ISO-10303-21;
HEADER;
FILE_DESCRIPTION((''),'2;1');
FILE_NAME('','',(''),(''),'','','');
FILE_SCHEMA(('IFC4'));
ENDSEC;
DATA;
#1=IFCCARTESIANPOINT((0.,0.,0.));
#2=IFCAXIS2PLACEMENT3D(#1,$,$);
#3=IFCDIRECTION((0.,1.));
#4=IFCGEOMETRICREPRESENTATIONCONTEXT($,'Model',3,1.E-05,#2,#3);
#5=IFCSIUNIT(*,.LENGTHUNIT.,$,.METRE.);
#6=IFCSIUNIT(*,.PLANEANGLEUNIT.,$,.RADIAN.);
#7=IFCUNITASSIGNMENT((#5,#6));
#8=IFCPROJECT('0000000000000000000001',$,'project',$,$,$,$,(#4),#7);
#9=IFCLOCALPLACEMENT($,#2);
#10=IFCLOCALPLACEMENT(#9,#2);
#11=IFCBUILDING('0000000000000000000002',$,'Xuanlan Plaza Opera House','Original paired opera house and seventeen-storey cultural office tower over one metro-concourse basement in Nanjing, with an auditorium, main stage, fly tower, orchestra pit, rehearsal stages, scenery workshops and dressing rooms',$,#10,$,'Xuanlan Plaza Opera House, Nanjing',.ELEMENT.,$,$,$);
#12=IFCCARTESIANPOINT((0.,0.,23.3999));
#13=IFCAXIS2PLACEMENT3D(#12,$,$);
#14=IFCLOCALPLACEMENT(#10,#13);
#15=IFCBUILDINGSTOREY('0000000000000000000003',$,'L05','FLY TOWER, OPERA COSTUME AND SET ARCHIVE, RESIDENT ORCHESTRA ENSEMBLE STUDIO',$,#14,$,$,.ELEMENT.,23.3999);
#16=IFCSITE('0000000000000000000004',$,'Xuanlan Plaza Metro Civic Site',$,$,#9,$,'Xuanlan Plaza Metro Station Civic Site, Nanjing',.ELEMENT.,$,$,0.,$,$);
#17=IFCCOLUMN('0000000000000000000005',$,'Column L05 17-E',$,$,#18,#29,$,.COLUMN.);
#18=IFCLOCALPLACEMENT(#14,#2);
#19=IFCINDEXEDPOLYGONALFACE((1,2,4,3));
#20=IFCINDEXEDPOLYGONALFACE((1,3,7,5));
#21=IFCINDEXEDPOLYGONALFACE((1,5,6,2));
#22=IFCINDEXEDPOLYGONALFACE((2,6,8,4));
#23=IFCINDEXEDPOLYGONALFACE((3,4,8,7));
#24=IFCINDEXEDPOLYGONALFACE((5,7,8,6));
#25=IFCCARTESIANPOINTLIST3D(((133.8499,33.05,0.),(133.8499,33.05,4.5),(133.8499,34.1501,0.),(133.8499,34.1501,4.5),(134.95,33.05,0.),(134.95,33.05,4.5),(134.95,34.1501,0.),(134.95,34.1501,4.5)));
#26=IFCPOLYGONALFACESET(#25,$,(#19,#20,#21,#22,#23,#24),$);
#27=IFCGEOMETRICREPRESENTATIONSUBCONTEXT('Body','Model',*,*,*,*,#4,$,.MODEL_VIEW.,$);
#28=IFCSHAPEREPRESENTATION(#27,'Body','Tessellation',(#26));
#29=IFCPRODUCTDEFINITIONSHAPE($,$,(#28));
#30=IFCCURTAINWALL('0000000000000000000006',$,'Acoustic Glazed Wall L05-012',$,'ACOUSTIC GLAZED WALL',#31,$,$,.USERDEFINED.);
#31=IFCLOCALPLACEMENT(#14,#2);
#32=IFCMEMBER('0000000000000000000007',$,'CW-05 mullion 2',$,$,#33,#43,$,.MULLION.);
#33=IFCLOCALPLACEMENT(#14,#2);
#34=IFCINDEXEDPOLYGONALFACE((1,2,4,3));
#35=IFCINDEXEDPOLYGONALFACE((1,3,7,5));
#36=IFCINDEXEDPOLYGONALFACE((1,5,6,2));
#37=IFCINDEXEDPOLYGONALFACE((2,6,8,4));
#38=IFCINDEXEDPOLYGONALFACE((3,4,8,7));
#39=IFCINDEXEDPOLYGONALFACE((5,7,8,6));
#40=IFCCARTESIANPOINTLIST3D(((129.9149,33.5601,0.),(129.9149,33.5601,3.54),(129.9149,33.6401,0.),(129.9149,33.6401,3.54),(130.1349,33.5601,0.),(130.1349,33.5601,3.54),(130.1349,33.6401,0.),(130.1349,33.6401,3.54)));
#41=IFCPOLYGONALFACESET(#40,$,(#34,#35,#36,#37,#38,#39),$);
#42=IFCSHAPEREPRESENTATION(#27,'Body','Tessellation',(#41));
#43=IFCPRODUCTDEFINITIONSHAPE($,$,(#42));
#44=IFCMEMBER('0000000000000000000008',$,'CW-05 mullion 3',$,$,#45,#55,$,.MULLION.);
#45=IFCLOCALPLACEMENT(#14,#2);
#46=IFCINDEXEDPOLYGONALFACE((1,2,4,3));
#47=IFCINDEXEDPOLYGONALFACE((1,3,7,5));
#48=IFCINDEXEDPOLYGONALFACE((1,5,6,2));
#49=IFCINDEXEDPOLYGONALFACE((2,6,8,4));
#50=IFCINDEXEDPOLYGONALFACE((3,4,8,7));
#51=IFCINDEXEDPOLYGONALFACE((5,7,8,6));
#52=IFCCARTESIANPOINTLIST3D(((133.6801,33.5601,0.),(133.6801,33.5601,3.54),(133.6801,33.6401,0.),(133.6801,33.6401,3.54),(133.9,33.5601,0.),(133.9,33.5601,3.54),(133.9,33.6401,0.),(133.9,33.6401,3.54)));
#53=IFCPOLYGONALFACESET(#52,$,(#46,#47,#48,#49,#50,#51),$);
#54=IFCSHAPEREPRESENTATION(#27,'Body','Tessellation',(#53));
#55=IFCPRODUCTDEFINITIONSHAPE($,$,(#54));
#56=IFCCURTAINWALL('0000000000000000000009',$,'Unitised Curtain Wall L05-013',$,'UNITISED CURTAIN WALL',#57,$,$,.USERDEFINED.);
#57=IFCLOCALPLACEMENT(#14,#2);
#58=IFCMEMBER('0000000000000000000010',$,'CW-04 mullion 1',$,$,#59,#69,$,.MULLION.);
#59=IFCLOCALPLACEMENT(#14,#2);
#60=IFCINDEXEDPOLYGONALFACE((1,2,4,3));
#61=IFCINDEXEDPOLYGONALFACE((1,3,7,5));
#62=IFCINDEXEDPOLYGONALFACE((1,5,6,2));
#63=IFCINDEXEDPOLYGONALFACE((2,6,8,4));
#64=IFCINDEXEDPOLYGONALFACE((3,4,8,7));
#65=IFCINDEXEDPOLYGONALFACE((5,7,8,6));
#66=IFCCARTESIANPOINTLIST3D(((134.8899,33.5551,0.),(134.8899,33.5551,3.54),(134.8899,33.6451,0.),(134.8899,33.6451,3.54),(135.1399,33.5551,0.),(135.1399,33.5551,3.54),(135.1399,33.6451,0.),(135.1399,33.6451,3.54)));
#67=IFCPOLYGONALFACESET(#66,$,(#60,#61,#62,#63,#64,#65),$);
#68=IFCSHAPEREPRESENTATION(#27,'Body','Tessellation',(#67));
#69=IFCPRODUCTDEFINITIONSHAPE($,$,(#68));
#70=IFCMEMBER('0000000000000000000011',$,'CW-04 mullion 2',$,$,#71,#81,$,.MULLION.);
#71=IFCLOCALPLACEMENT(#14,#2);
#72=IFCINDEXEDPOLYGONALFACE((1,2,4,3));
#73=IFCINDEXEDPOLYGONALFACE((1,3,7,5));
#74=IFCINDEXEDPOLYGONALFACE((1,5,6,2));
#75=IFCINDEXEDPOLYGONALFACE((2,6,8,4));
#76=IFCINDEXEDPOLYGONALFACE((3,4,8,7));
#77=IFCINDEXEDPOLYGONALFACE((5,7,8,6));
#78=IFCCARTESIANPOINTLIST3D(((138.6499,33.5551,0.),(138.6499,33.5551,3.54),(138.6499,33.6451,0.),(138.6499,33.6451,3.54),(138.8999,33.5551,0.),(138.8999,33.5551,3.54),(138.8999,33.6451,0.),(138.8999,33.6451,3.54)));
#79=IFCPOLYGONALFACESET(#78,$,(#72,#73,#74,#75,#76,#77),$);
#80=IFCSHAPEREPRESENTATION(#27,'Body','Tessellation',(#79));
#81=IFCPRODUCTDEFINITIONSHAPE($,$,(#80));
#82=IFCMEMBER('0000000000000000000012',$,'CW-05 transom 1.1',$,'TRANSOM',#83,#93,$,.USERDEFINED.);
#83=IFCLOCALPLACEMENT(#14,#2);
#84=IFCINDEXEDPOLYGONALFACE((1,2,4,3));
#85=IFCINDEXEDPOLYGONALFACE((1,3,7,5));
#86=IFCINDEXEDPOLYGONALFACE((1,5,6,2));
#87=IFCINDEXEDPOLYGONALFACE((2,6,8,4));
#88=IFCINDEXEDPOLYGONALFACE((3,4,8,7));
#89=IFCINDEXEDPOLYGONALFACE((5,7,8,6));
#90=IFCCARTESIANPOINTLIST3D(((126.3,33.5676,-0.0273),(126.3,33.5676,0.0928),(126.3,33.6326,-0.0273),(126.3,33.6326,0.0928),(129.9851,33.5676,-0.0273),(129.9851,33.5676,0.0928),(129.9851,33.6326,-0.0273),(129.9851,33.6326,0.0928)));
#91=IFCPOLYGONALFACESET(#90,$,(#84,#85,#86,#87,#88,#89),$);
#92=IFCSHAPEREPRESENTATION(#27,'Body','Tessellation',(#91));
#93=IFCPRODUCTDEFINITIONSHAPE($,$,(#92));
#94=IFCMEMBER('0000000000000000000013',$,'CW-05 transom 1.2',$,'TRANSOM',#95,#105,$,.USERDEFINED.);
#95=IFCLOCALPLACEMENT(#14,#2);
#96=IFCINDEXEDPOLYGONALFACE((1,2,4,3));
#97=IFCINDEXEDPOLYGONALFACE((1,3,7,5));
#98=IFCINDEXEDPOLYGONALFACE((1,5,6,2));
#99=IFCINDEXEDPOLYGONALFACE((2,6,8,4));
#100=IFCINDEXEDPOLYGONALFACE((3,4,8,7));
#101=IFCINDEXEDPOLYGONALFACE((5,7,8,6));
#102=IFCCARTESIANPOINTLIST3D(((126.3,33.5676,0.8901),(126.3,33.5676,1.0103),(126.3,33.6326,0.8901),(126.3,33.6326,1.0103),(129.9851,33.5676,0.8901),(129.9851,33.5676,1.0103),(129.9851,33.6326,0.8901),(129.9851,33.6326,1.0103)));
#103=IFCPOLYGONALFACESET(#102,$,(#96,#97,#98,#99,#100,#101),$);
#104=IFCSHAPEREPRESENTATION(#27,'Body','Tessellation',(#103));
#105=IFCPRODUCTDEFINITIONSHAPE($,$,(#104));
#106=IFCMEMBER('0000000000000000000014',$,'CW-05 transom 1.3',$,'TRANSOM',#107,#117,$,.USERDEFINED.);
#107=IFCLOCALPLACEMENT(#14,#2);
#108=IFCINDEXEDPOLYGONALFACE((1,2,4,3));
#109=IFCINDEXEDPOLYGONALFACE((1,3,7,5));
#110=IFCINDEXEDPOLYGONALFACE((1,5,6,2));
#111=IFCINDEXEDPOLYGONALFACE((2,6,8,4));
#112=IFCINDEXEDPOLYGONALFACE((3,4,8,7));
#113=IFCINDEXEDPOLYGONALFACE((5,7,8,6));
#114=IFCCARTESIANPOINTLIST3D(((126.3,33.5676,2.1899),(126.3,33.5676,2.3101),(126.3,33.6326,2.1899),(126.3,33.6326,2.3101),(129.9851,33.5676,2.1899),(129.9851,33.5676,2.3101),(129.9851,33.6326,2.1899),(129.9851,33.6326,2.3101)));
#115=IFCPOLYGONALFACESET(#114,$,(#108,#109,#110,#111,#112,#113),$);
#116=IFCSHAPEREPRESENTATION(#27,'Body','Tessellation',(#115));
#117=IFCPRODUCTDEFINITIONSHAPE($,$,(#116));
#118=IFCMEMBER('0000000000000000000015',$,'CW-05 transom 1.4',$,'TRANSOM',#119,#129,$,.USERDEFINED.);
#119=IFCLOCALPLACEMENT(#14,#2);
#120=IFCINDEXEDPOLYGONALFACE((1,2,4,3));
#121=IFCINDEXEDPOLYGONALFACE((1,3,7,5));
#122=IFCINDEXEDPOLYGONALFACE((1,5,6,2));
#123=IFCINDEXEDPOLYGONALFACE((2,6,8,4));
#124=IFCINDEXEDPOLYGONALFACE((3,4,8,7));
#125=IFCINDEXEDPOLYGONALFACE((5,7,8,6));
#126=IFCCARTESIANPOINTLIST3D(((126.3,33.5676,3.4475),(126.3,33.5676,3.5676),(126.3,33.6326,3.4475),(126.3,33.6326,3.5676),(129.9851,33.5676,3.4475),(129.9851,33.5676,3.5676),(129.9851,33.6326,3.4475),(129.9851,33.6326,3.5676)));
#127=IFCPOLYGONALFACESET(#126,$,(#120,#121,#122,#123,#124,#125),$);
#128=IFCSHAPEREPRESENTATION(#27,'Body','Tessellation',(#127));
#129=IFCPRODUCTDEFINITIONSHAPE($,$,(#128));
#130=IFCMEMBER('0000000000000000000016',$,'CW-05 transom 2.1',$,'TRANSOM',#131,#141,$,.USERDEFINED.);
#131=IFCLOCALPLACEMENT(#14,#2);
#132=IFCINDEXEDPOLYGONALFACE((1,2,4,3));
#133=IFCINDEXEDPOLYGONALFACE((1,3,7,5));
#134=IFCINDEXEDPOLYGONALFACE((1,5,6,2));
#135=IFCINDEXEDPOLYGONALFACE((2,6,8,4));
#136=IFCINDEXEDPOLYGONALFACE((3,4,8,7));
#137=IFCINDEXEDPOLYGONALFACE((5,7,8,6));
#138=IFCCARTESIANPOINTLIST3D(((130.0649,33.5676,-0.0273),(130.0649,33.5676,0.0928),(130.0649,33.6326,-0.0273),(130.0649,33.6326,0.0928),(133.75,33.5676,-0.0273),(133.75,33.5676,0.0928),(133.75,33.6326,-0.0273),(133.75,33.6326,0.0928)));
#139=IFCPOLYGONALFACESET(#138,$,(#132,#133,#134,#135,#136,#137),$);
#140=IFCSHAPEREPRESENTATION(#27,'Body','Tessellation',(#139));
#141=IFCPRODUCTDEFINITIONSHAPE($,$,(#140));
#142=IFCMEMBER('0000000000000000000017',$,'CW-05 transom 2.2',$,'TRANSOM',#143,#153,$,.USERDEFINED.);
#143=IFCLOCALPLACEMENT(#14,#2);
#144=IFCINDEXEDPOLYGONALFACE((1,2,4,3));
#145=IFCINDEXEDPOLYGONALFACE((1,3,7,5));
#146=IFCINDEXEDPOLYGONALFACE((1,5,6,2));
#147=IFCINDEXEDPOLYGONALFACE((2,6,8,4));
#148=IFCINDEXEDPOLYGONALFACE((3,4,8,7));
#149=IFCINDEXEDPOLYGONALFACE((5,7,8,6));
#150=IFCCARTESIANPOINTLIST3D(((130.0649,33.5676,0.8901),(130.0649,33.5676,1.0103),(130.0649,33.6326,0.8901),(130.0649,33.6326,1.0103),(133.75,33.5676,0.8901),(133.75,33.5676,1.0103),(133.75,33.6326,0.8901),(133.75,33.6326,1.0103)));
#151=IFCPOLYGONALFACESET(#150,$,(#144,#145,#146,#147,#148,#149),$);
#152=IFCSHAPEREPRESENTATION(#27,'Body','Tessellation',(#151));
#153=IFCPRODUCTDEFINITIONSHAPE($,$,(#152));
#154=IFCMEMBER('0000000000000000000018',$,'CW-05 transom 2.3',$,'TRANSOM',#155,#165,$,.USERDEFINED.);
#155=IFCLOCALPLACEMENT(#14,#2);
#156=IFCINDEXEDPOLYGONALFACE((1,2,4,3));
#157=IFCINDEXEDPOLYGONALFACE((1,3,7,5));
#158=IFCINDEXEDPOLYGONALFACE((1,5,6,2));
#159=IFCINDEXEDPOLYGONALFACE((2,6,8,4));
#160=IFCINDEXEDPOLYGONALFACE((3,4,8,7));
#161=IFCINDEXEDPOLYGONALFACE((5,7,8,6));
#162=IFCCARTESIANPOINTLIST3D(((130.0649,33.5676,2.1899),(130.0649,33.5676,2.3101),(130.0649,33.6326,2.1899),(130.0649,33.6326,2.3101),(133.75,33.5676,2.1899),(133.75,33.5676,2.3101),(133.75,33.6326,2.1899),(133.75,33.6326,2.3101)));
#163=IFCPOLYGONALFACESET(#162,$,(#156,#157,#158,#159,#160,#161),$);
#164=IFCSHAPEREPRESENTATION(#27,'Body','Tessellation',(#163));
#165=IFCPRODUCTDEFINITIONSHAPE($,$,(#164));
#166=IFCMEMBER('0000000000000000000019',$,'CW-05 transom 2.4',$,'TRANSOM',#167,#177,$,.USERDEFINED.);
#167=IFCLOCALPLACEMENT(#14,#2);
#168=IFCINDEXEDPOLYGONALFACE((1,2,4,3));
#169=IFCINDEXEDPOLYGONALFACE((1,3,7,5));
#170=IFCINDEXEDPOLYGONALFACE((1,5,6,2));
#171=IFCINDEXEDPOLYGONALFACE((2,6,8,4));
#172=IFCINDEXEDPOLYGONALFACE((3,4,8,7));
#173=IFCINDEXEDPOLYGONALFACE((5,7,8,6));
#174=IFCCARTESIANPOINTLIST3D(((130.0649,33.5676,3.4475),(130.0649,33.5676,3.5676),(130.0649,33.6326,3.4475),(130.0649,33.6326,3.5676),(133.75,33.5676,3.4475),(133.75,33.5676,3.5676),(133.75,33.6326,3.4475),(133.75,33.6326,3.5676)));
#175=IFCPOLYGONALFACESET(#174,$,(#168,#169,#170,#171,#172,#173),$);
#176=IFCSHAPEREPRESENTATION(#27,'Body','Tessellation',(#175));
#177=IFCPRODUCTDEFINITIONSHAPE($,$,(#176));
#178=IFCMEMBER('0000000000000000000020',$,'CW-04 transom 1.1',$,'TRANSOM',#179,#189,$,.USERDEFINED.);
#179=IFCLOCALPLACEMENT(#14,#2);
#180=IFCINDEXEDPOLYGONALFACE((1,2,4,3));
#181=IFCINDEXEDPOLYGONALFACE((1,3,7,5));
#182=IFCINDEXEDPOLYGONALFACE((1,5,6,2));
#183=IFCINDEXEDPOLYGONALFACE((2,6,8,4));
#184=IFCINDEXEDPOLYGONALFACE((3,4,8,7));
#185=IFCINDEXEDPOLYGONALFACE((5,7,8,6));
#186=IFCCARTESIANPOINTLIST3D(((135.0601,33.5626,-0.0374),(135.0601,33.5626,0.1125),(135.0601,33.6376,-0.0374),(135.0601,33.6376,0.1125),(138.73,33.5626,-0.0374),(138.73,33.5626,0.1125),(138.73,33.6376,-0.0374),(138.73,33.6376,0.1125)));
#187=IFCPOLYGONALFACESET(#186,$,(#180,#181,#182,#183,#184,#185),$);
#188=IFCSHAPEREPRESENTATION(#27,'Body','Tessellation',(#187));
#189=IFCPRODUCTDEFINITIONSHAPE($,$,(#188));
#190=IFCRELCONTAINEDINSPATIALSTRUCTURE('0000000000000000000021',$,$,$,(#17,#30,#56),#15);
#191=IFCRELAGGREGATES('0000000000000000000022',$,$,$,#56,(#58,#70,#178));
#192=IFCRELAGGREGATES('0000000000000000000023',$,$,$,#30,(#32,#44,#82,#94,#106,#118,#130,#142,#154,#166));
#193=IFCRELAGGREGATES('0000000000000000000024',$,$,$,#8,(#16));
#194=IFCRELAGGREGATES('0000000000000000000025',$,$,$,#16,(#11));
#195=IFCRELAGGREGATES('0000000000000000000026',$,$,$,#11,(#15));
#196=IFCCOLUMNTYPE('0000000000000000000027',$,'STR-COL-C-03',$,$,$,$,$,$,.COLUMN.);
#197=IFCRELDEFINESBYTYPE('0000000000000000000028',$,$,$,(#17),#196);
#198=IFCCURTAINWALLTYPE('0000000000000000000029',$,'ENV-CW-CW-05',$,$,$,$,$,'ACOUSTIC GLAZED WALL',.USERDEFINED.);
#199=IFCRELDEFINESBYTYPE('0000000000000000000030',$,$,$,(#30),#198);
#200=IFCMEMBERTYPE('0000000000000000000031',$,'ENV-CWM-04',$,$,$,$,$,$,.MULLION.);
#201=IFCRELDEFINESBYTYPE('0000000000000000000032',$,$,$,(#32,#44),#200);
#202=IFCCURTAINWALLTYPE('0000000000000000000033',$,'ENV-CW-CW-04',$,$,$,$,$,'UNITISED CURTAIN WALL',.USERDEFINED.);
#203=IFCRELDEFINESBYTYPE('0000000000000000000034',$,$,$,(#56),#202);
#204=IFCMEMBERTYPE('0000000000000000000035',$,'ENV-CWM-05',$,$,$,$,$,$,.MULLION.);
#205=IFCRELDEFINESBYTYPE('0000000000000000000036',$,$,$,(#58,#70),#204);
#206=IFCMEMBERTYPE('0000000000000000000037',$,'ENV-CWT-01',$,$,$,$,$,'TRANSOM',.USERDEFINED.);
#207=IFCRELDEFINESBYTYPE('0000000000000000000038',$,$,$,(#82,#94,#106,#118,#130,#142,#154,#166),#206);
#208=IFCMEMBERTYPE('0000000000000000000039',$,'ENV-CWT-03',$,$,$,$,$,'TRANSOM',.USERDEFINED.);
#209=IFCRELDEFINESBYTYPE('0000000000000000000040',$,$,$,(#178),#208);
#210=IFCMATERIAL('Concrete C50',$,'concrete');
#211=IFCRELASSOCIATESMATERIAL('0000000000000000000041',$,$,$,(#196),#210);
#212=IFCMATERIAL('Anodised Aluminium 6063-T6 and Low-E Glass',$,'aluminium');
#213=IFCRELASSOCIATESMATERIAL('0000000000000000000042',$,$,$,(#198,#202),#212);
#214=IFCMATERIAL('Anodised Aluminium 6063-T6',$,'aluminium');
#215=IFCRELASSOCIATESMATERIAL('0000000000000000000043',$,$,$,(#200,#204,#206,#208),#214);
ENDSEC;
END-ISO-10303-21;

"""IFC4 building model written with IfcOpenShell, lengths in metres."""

from ifc_helpers import new_model, si_unit, direction, frame, origin, origin_2d, place, context, subcontext, project, spatial, rectangle, extrude, material, material_profile, profile_set, type_object, element, aggregate, save


model = new_model("IFC4")

# Units and contexts
model_context = context("Model", 3, precision=1e-05, world=origin(), true_north=direction((0.0, 1.0)))
body_context = subcontext(model_context, "Body", "Model", "MODEL_VIEW")
ifc_project = project(units=[si_unit("LENGTHUNIT", "METRE"), si_unit("PLANEANGLEUNIT", "RADIAN")], contexts=[model_context])

# Site, building, storey
site_placement = place(None, origin())
site = spatial("IfcSite", under=ifc_project, at=site_placement, Name="Xuanlan Plaza Metro Civic Site", LongName="Xuanlan Plaza Metro Station Civic Site, Nanjing", CompositionType="ELEMENT", RefElevation=0.0)
building_placement = place(site_placement, origin())
building = spatial("IfcBuilding", under=site, at=building_placement, Name="Xuanlan Plaza Opera House", Description="Original paired opera house and seventeen-storey cultural office tower over one metro-concourse basement in Nanjing, with an auditorium, main stage, fly tower, orchestra pit, rehearsal stages, scenery workshops and dressing rooms", LongName="Xuanlan Plaza Opera House, Nanjing", CompositionType="ELEMENT")
storey_placement = place(building_placement, frame((0.0, 0.0, 23.3999)))
storey = spatial("IfcBuildingStorey", under=building, at=storey_placement, Name="L05", Description="FLY TOWER, OPERA COSTUME AND SET ARCHIVE, RESIDENT ORCHESTRA ENSEMBLE STUDIO", CompositionType="ELEMENT", Elevation=23.3999)

# Column
ifc_material_1 = material(Name="Concrete C50", Category="concrete")
ifc_material_profile_1 = material_profile(ifc_material_1, rectangle(XDim=1.1001, YDim=1.1001, at=origin_2d()), Name="RC-COL 1100x1100")
ifc_profile_set_1 = profile_set([ifc_material_profile_1], Name="Concrete C50")
column_type = type_object("IfcColumnType", Name="STR-COL-C-03", PredefinedType="COLUMN", material=ifc_profile_set_1)
column_placement = place(storey_placement, frame((134.3999, 33.6001, 0.0), z_axis=(0.0, 0.0, 1.0), x_axis=(1.0, 0.0, 0.0)))
element("IfcColumn", 1, at=column_placement, inside=storey, type_object=column_type, Name="Column L05 17-E", PredefinedType="COLUMN", context=body_context, shape_type="SweptSolid", body=[
    extrude(rectangle(XDim=1.1001, YDim=1.1001, at=origin_2d()), origin(), (0.0, 0.0, 1.0), 4.5),
])

# Curtain walls, members
ifc_material_2 = material(Name="Anodised Aluminium 6063-T6 and Low-E Glass", Category="aluminium")
curtain_wall_type_1 = type_object("IfcCurtainWallType", Name="ENV-CW-CW-05", ElementType="ACOUSTIC GLAZED WALL", PredefinedType="USERDEFINED", material=ifc_material_2)
curtain_wall_1_placement = place(storey_placement, origin())
curtain_wall_1 = element("IfcCurtainWall", 2, at=curtain_wall_1_placement, inside=storey, type_object=curtain_wall_type_1, Name="Acoustic Glazed Wall L05-012", ObjectType="ACOUSTIC GLAZED WALL", PredefinedType="USERDEFINED")
ifc_material_3 = material(Name="Anodised Aluminium 6063-T6", Category="aluminium")
ifc_material_profile_2 = material_profile(ifc_material_3, rectangle(XDim=0.0801, YDim=0.22, at=origin_2d()), Name="ALU-M 80x220")
ifc_profile_set_2 = profile_set([ifc_material_profile_2], Name="Anodised Aluminium 6063-T6")
member_type_1 = type_object("IfcMemberType", Name="ENV-CWM-04", PredefinedType="MULLION", material=ifc_profile_set_2)
member_1_placement = place(storey_placement, frame((130.0249, 33.6001, 0.0), z_axis=(0.0, 0.0, 1.0), x_axis=(0.0, 1.0, 0.0)))
member_1 = element("IfcMember", 3, at=member_1_placement, type_object=member_type_1, Name="CW-05 mullion 2", PredefinedType="MULLION", context=body_context, shape_type="SweptSolid", body=[
    extrude(rectangle(XDim=0.0801, YDim=0.22, at=origin_2d()), origin(), (0.0, 0.0, 1.0), 3.54),
])
member_2_placement = place(storey_placement, frame((133.79, 33.6001, 0.0), z_axis=(0.0, 0.0, 1.0), x_axis=(0.0, 1.0, 0.0)))
member_2 = element("IfcMember", 4, at=member_2_placement, type_object=member_type_1, Name="CW-05 mullion 3", PredefinedType="MULLION", context=body_context, shape_type="SweptSolid", body=[
    extrude(rectangle(XDim=0.0801, YDim=0.22, at=origin_2d()), origin(), (0.0, 0.0, 1.0), 3.54),
])
curtain_wall_type_2 = type_object("IfcCurtainWallType", Name="ENV-CW-CW-04", ElementType="UNITISED CURTAIN WALL", PredefinedType="USERDEFINED", material=ifc_material_2)
curtain_wall_2_placement = place(storey_placement, origin())
curtain_wall_2 = element("IfcCurtainWall", 5, at=curtain_wall_2_placement, inside=storey, type_object=curtain_wall_type_2, Name="Unitised Curtain Wall L05-013", ObjectType="UNITISED CURTAIN WALL", PredefinedType="USERDEFINED")
ifc_material_profile_3 = material_profile(ifc_material_3, rectangle(XDim=0.0901, YDim=0.25, at=origin_2d()), Name="ALU-M 90x250")
ifc_profile_set_3 = profile_set([ifc_material_profile_3], Name="Anodised Aluminium 6063-T6")
member_type_2 = type_object("IfcMemberType", Name="ENV-CWM-05", PredefinedType="MULLION", material=ifc_profile_set_3)
member_3_placement = place(storey_placement, frame((135.0149, 33.6001, 0.0), z_axis=(0.0, 0.0, 1.0), x_axis=(0.0, 1.0, 0.0)))
member_3 = element("IfcMember", 6, at=member_3_placement, type_object=member_type_2, Name="CW-04 mullion 1", PredefinedType="MULLION", context=body_context, shape_type="SweptSolid", body=[
    extrude(rectangle(XDim=0.0901, YDim=0.25, at=origin_2d()), origin(), (0.0, 0.0, 1.0), 3.54),
])
member_4_placement = place(storey_placement, frame((138.7749, 33.6001, 0.0), z_axis=(0.0, 0.0, 1.0), x_axis=(0.0, 1.0, 0.0)))
member_4 = element("IfcMember", 7, at=member_4_placement, type_object=member_type_2, Name="CW-04 mullion 2", PredefinedType="MULLION", context=body_context, shape_type="SweptSolid", body=[
    extrude(rectangle(XDim=0.0901, YDim=0.25, at=origin_2d()), origin(), (0.0, 0.0, 1.0), 3.54),
])

# Members
ifc_material_profile_4 = material_profile(ifc_material_3, rectangle(XDim=0.0649, YDim=0.1201, at=origin_2d()), Name="ALU-T 65x120")
ifc_profile_set_4 = profile_set([ifc_material_profile_4], Name="Anodised Aluminium 6063-T6")
member_type_3 = type_object("IfcMemberType", Name="ENV-CWT-01", ElementType="TRANSOM", PredefinedType="USERDEFINED", material=ifc_profile_set_4)
member_5_placement = place(storey_placement, frame((126.3, 33.6001, 0.0327), z_axis=(1.0, 0.0, 0.0), x_axis=(0.0, 1.0, 0.0)))
member_5 = element("IfcMember", 8, at=member_5_placement, type_object=member_type_3, Name="CW-05 transom 1.1", ObjectType="TRANSOM", PredefinedType="USERDEFINED", context=body_context, shape_type="SweptSolid", body=[
    extrude(rectangle(XDim=0.0649, YDim=0.1201, at=origin_2d()), origin(), (0.0, 0.0, 1.0), 3.6851),
])
member_6_placement = place(storey_placement, frame((126.3, 33.6001, 0.9502), z_axis=(1.0, 0.0, 0.0), x_axis=(0.0, 1.0, 0.0)))
member_6 = element("IfcMember", 9, at=member_6_placement, type_object=member_type_3, Name="CW-05 transom 1.2", ObjectType="TRANSOM", PredefinedType="USERDEFINED", context=body_context, shape_type="SweptSolid", body=[
    extrude(rectangle(XDim=0.0649, YDim=0.1201, at=origin_2d()), origin(), (0.0, 0.0, 1.0), 3.6851),
])
member_7_placement = place(storey_placement, frame((126.3, 33.6001, 2.25), z_axis=(1.0, 0.0, 0.0), x_axis=(0.0, 1.0, 0.0)))
member_7 = element("IfcMember", 10, at=member_7_placement, type_object=member_type_3, Name="CW-05 transom 1.3", ObjectType="TRANSOM", PredefinedType="USERDEFINED", context=body_context, shape_type="SweptSolid", body=[
    extrude(rectangle(XDim=0.0649, YDim=0.1201, at=origin_2d()), origin(), (0.0, 0.0, 1.0), 3.6851),
])
member_8_placement = place(storey_placement, frame((126.3, 33.6001, 3.5076), z_axis=(1.0, 0.0, 0.0), x_axis=(0.0, 1.0, 0.0)))
member_8 = element("IfcMember", 11, at=member_8_placement, type_object=member_type_3, Name="CW-05 transom 1.4", ObjectType="TRANSOM", PredefinedType="USERDEFINED", context=body_context, shape_type="SweptSolid", body=[
    extrude(rectangle(XDim=0.0649, YDim=0.1201, at=origin_2d()), origin(), (0.0, 0.0, 1.0), 3.6851),
])
member_9_placement = place(storey_placement, frame((130.0649, 33.6001, 0.0327), z_axis=(1.0, 0.0, 0.0), x_axis=(0.0, 1.0, 0.0)))
member_9 = element("IfcMember", 12, at=member_9_placement, type_object=member_type_3, Name="CW-05 transom 2.1", ObjectType="TRANSOM", PredefinedType="USERDEFINED", context=body_context, shape_type="SweptSolid", body=[
    extrude(rectangle(XDim=0.0649, YDim=0.1201, at=origin_2d()), origin(), (0.0, 0.0, 1.0), 3.6851),
])
member_10_placement = place(storey_placement, frame((130.0649, 33.6001, 0.9502), z_axis=(1.0, 0.0, 0.0), x_axis=(0.0, 1.0, 0.0)))
member_10 = element("IfcMember", 13, at=member_10_placement, type_object=member_type_3, Name="CW-05 transom 2.2", ObjectType="TRANSOM", PredefinedType="USERDEFINED", context=body_context, shape_type="SweptSolid", body=[
    extrude(rectangle(XDim=0.0649, YDim=0.1201, at=origin_2d()), origin(), (0.0, 0.0, 1.0), 3.6851),
])
member_11_placement = place(storey_placement, frame((130.0649, 33.6001, 2.25), z_axis=(1.0, 0.0, 0.0), x_axis=(0.0, 1.0, 0.0)))
member_11 = element("IfcMember", 14, at=member_11_placement, type_object=member_type_3, Name="CW-05 transom 2.3", ObjectType="TRANSOM", PredefinedType="USERDEFINED", context=body_context, shape_type="SweptSolid", body=[
    extrude(rectangle(XDim=0.0649, YDim=0.1201, at=origin_2d()), origin(), (0.0, 0.0, 1.0), 3.6851),
])
member_12_placement = place(storey_placement, frame((130.0649, 33.6001, 3.5076), z_axis=(1.0, 0.0, 0.0), x_axis=(0.0, 1.0, 0.0)))
member_12 = element("IfcMember", 15, at=member_12_placement, type_object=member_type_3, Name="CW-05 transom 2.4", ObjectType="TRANSOM", PredefinedType="USERDEFINED", context=body_context, shape_type="SweptSolid", body=[
    extrude(rectangle(XDim=0.0649, YDim=0.1201, at=origin_2d()), origin(), (0.0, 0.0, 1.0), 3.6851),
])
ifc_material_profile_5 = material_profile(ifc_material_3, rectangle(XDim=0.075, YDim=0.1499, at=origin_2d()), Name="ALU-T 75x150")
ifc_profile_set_5 = profile_set([ifc_material_profile_5], Name="Anodised Aluminium 6063-T6")
member_type_4 = type_object("IfcMemberType", Name="ENV-CWT-03", ElementType="TRANSOM", PredefinedType="USERDEFINED", material=ifc_profile_set_5)
member_13_placement = place(storey_placement, frame((135.0601, 33.6001, 0.0376), z_axis=(1.0, 0.0, 0.0), x_axis=(0.0, 1.0, 0.0)))
member_13 = element("IfcMember", 16, at=member_13_placement, type_object=member_type_4, Name="CW-04 transom 1.1", ObjectType="TRANSOM", PredefinedType="USERDEFINED", context=body_context, shape_type="SweptSolid", body=[
    extrude(rectangle(XDim=0.075, YDim=0.1499, at=origin_2d()), origin(), (0.0, 0.0, 1.0), 3.6699),
])

aggregate(curtain_wall_2, [member_3, member_4, member_13])
aggregate(curtain_wall_1, [member_1, member_2, member_5, member_6, member_7, member_8, member_9, member_10, member_11, member_12])

save(model, "model.ifc")
